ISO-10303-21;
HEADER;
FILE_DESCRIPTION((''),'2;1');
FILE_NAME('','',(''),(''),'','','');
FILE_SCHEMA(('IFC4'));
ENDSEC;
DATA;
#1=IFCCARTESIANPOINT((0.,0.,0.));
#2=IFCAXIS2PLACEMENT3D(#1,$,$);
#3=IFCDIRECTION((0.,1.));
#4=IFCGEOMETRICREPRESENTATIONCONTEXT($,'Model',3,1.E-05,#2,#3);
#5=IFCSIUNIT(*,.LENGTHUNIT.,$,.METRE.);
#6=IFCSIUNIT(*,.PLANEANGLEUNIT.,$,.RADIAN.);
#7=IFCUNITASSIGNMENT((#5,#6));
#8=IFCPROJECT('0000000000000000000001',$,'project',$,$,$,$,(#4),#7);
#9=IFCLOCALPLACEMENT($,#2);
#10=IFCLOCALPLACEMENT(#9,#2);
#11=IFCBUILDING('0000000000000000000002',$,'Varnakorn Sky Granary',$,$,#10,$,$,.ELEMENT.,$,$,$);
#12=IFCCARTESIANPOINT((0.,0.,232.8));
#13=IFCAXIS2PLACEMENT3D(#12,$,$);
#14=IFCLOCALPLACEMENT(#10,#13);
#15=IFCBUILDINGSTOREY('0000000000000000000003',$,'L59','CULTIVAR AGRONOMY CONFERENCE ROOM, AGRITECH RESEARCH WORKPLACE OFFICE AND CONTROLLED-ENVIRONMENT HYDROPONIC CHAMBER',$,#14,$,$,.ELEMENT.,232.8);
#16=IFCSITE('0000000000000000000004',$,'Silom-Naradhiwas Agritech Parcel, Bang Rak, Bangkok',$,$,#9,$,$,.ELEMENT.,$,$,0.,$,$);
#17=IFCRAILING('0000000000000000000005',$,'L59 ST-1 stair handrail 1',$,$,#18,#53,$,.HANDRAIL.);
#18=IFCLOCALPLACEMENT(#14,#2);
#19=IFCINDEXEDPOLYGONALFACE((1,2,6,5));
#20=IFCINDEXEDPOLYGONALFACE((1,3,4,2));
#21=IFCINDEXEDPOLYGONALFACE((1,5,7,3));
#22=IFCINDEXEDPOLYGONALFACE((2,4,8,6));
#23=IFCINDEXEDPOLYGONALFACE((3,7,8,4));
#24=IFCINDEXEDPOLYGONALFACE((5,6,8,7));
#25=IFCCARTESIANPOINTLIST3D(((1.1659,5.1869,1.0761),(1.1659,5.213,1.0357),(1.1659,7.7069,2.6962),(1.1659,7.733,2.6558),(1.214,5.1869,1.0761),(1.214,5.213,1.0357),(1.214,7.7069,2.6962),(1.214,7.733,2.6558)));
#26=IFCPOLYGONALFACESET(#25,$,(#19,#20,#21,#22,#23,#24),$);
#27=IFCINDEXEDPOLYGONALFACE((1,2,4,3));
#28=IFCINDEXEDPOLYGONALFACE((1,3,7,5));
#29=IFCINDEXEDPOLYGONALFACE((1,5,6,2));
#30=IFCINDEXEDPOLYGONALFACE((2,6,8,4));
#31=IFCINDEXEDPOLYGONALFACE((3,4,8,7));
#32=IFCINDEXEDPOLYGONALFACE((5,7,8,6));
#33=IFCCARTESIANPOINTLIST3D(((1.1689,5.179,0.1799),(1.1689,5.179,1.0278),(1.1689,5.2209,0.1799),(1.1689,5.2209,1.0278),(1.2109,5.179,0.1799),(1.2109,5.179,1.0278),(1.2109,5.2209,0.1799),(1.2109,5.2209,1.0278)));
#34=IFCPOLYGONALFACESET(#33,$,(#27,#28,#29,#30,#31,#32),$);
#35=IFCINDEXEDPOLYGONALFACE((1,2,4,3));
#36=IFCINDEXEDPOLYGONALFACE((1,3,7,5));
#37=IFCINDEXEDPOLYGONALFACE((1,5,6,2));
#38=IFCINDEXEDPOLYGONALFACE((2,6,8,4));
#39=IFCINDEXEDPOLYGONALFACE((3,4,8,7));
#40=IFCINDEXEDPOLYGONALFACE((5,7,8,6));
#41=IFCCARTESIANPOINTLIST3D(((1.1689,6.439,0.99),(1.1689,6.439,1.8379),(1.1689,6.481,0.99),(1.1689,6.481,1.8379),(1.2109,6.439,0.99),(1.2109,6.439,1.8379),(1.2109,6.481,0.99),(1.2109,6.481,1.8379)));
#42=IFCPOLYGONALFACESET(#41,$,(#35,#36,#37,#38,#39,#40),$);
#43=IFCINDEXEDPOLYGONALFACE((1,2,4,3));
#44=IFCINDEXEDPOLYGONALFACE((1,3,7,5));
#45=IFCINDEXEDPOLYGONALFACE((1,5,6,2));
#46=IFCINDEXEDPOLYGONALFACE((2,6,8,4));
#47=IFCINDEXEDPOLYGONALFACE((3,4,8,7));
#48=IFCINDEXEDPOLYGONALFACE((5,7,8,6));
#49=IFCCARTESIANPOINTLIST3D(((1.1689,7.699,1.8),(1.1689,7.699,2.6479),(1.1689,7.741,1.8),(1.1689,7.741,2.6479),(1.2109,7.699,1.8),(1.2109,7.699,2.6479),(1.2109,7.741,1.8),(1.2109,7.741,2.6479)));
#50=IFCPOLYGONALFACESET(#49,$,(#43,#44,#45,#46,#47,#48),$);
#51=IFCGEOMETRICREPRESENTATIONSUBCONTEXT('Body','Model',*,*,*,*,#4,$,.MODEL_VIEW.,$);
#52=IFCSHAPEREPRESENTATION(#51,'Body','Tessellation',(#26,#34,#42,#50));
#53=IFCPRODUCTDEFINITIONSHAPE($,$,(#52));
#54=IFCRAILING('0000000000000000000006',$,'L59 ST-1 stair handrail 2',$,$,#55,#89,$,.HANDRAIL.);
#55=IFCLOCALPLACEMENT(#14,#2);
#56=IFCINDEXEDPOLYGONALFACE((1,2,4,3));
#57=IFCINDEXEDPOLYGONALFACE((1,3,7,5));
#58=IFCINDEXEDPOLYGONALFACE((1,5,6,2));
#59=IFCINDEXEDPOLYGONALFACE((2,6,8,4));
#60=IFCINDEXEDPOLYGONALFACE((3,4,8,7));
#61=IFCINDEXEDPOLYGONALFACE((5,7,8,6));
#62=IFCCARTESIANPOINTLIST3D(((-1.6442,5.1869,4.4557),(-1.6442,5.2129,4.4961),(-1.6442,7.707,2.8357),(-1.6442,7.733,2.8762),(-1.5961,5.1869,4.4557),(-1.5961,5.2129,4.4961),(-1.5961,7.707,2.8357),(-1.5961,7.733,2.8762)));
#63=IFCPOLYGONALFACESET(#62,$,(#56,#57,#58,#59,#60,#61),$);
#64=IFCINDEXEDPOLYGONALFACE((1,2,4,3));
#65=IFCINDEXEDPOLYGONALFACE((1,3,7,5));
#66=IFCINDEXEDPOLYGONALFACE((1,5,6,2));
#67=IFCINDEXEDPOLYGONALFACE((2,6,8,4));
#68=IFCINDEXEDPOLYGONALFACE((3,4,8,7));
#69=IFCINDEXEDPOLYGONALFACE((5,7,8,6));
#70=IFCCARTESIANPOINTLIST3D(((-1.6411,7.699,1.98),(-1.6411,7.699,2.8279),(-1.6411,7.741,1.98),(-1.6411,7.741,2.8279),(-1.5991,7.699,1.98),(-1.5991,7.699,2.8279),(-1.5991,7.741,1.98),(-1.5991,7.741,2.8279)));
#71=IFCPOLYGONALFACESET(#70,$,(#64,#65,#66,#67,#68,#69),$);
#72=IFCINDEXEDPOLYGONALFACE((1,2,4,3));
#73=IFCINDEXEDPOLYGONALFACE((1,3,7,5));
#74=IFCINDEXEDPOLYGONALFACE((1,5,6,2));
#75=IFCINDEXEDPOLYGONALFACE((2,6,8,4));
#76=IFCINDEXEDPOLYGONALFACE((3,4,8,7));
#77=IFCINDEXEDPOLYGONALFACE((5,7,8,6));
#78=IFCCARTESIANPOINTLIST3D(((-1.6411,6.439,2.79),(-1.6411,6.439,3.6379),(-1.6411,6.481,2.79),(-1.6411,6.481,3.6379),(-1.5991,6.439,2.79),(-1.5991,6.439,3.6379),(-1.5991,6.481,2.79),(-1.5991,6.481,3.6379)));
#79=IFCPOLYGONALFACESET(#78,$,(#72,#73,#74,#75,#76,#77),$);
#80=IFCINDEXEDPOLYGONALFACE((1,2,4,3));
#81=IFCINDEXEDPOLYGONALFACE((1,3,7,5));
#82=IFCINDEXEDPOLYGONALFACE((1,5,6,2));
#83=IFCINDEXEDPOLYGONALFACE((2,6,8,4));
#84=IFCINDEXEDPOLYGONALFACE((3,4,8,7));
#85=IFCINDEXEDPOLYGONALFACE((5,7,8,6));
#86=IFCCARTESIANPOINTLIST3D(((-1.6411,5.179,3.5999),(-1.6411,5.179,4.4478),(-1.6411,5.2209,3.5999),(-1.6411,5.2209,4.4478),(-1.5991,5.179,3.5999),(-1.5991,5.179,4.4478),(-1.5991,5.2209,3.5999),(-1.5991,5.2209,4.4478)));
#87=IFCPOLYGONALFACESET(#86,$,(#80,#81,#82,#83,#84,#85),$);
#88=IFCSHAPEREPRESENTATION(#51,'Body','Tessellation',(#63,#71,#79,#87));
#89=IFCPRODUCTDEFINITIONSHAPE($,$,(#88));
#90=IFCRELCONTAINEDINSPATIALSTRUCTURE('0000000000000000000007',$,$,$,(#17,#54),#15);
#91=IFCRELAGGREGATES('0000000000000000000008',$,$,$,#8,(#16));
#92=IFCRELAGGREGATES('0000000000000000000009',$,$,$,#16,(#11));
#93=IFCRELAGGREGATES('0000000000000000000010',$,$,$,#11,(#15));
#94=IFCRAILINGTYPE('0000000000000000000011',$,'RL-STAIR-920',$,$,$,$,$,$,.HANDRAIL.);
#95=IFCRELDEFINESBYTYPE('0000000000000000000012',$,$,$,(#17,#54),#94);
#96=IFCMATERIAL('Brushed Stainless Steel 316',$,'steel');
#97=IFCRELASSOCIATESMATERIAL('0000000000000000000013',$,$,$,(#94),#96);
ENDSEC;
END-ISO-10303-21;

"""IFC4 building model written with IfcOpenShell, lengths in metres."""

from ifc_helpers import new_model, si_unit, direction, frame, origin, origin_2d, place, context, subcontext, project, spatial, rectangle, extrude, material, type_object, element, save


model = new_model("IFC4")

# Units and contexts
model_context = context("Model", 3, precision=1e-05, world=origin(), true_north=direction((0.0, 1.0)))
body_context = subcontext(model_context, "Body", "Model", "MODEL_VIEW")
ifc_project = project(units=[si_unit("LENGTHUNIT", "METRE"), si_unit("PLANEANGLEUNIT", "RADIAN")], contexts=[model_context])

# Site, building, storey
site_placement = place(None, origin())
site = spatial("IfcSite", under=ifc_project, at=site_placement, Name="Silom-Naradhiwas Agritech Parcel, Bang Rak, Bangkok", CompositionType="ELEMENT", RefElevation=0.0)
building_placement = place(site_placement, origin())
building = spatial("IfcBuilding", under=site, at=building_placement, Name="Varnakorn Sky Granary", CompositionType="ELEMENT")
storey_placement = place(building_placement, frame((0.0, 0.0, 232.8)))
storey = spatial("IfcBuildingStorey", under=building, at=storey_placement, Name="L59", Description="CULTIVAR AGRONOMY CONFERENCE ROOM, AGRITECH RESEARCH WORKPLACE OFFICE AND CONTROLLED-ENVIRONMENT HYDROPONIC CHAMBER", CompositionType="ELEMENT", Elevation=232.8)

# Railings
ifc_material_1 = material(Name="Brushed Stainless Steel 316", Category="steel")
railing_type_1 = type_object("IfcRailingType", Name="RL-STAIR-920", PredefinedType="HANDRAIL", material=ifc_material_1)
railing_1_placement = place(storey_placement, frame((1.1899, 5.2, 0.1799)))
element("IfcRailing", 1, at=railing_1_placement, inside=storey, type_object=railing_type_1, Name="L59 ST-1 stair handrail 1", PredefinedType="HANDRAIL", context=body_context, shape_type="SweptSolid", body=[
    extrude(rectangle(XDim=0.0481, YDim=0.0481, at=origin_2d()), frame((0.0, 0.0, 0.876), z_axis=(0.0, 0.841163, 0.540782), x_axis=(-1.0, 0.0, 0.0)), (0.0, 0.0, 1.0), 2.9958),
    extrude(rectangle(XDim=0.042, YDim=0.042, at=origin_2d()), origin(), (0.0, 0.0, 1.0), 0.8479),
    extrude(rectangle(XDim=0.042, YDim=0.042, at=origin_2d()), frame((0.0, 1.26, 0.8101)), (0.0, 0.0, 1.0), 0.8479),
    extrude(rectangle(XDim=0.042, YDim=0.042, at=origin_2d()), frame((0.0, 2.52, 1.6201)), (0.0, 0.0, 1.0), 0.8479),
])
railing_2_placement = place(storey_placement, frame((-1.6201, 7.72, 1.98)))
element("IfcRailing", 2, at=railing_2_placement, inside=storey, type_object=railing_type_1, Name="L59 ST-1 stair handrail 2", PredefinedType="HANDRAIL", context=body_context, shape_type="SweptSolid", body=[
    extrude(rectangle(XDim=0.0481, YDim=0.0481, at=origin_2d()), frame((0.0, 0.0, 0.876), z_axis=(0.0, -0.8412, 0.540725), x_axis=(1.0, 0.0, 0.0)), (0.0, 0.0, 1.0), 2.9958),
    extrude(rectangle(XDim=0.042, YDim=0.042, at=origin_2d()), origin(), (0.0, 0.0, 1.0), 0.8479),
    extrude(rectangle(XDim=0.042, YDim=0.042, at=origin_2d()), frame((0.0, -1.26, 0.8101)), (0.0, 0.0, 1.0), 0.8479),
    extrude(rectangle(XDim=0.042, YDim=0.042, at=origin_2d()), frame((0.0, -2.52, 1.6199)), (0.0, 0.0, 1.0), 0.8479),
])

save(model, "model.ifc")
